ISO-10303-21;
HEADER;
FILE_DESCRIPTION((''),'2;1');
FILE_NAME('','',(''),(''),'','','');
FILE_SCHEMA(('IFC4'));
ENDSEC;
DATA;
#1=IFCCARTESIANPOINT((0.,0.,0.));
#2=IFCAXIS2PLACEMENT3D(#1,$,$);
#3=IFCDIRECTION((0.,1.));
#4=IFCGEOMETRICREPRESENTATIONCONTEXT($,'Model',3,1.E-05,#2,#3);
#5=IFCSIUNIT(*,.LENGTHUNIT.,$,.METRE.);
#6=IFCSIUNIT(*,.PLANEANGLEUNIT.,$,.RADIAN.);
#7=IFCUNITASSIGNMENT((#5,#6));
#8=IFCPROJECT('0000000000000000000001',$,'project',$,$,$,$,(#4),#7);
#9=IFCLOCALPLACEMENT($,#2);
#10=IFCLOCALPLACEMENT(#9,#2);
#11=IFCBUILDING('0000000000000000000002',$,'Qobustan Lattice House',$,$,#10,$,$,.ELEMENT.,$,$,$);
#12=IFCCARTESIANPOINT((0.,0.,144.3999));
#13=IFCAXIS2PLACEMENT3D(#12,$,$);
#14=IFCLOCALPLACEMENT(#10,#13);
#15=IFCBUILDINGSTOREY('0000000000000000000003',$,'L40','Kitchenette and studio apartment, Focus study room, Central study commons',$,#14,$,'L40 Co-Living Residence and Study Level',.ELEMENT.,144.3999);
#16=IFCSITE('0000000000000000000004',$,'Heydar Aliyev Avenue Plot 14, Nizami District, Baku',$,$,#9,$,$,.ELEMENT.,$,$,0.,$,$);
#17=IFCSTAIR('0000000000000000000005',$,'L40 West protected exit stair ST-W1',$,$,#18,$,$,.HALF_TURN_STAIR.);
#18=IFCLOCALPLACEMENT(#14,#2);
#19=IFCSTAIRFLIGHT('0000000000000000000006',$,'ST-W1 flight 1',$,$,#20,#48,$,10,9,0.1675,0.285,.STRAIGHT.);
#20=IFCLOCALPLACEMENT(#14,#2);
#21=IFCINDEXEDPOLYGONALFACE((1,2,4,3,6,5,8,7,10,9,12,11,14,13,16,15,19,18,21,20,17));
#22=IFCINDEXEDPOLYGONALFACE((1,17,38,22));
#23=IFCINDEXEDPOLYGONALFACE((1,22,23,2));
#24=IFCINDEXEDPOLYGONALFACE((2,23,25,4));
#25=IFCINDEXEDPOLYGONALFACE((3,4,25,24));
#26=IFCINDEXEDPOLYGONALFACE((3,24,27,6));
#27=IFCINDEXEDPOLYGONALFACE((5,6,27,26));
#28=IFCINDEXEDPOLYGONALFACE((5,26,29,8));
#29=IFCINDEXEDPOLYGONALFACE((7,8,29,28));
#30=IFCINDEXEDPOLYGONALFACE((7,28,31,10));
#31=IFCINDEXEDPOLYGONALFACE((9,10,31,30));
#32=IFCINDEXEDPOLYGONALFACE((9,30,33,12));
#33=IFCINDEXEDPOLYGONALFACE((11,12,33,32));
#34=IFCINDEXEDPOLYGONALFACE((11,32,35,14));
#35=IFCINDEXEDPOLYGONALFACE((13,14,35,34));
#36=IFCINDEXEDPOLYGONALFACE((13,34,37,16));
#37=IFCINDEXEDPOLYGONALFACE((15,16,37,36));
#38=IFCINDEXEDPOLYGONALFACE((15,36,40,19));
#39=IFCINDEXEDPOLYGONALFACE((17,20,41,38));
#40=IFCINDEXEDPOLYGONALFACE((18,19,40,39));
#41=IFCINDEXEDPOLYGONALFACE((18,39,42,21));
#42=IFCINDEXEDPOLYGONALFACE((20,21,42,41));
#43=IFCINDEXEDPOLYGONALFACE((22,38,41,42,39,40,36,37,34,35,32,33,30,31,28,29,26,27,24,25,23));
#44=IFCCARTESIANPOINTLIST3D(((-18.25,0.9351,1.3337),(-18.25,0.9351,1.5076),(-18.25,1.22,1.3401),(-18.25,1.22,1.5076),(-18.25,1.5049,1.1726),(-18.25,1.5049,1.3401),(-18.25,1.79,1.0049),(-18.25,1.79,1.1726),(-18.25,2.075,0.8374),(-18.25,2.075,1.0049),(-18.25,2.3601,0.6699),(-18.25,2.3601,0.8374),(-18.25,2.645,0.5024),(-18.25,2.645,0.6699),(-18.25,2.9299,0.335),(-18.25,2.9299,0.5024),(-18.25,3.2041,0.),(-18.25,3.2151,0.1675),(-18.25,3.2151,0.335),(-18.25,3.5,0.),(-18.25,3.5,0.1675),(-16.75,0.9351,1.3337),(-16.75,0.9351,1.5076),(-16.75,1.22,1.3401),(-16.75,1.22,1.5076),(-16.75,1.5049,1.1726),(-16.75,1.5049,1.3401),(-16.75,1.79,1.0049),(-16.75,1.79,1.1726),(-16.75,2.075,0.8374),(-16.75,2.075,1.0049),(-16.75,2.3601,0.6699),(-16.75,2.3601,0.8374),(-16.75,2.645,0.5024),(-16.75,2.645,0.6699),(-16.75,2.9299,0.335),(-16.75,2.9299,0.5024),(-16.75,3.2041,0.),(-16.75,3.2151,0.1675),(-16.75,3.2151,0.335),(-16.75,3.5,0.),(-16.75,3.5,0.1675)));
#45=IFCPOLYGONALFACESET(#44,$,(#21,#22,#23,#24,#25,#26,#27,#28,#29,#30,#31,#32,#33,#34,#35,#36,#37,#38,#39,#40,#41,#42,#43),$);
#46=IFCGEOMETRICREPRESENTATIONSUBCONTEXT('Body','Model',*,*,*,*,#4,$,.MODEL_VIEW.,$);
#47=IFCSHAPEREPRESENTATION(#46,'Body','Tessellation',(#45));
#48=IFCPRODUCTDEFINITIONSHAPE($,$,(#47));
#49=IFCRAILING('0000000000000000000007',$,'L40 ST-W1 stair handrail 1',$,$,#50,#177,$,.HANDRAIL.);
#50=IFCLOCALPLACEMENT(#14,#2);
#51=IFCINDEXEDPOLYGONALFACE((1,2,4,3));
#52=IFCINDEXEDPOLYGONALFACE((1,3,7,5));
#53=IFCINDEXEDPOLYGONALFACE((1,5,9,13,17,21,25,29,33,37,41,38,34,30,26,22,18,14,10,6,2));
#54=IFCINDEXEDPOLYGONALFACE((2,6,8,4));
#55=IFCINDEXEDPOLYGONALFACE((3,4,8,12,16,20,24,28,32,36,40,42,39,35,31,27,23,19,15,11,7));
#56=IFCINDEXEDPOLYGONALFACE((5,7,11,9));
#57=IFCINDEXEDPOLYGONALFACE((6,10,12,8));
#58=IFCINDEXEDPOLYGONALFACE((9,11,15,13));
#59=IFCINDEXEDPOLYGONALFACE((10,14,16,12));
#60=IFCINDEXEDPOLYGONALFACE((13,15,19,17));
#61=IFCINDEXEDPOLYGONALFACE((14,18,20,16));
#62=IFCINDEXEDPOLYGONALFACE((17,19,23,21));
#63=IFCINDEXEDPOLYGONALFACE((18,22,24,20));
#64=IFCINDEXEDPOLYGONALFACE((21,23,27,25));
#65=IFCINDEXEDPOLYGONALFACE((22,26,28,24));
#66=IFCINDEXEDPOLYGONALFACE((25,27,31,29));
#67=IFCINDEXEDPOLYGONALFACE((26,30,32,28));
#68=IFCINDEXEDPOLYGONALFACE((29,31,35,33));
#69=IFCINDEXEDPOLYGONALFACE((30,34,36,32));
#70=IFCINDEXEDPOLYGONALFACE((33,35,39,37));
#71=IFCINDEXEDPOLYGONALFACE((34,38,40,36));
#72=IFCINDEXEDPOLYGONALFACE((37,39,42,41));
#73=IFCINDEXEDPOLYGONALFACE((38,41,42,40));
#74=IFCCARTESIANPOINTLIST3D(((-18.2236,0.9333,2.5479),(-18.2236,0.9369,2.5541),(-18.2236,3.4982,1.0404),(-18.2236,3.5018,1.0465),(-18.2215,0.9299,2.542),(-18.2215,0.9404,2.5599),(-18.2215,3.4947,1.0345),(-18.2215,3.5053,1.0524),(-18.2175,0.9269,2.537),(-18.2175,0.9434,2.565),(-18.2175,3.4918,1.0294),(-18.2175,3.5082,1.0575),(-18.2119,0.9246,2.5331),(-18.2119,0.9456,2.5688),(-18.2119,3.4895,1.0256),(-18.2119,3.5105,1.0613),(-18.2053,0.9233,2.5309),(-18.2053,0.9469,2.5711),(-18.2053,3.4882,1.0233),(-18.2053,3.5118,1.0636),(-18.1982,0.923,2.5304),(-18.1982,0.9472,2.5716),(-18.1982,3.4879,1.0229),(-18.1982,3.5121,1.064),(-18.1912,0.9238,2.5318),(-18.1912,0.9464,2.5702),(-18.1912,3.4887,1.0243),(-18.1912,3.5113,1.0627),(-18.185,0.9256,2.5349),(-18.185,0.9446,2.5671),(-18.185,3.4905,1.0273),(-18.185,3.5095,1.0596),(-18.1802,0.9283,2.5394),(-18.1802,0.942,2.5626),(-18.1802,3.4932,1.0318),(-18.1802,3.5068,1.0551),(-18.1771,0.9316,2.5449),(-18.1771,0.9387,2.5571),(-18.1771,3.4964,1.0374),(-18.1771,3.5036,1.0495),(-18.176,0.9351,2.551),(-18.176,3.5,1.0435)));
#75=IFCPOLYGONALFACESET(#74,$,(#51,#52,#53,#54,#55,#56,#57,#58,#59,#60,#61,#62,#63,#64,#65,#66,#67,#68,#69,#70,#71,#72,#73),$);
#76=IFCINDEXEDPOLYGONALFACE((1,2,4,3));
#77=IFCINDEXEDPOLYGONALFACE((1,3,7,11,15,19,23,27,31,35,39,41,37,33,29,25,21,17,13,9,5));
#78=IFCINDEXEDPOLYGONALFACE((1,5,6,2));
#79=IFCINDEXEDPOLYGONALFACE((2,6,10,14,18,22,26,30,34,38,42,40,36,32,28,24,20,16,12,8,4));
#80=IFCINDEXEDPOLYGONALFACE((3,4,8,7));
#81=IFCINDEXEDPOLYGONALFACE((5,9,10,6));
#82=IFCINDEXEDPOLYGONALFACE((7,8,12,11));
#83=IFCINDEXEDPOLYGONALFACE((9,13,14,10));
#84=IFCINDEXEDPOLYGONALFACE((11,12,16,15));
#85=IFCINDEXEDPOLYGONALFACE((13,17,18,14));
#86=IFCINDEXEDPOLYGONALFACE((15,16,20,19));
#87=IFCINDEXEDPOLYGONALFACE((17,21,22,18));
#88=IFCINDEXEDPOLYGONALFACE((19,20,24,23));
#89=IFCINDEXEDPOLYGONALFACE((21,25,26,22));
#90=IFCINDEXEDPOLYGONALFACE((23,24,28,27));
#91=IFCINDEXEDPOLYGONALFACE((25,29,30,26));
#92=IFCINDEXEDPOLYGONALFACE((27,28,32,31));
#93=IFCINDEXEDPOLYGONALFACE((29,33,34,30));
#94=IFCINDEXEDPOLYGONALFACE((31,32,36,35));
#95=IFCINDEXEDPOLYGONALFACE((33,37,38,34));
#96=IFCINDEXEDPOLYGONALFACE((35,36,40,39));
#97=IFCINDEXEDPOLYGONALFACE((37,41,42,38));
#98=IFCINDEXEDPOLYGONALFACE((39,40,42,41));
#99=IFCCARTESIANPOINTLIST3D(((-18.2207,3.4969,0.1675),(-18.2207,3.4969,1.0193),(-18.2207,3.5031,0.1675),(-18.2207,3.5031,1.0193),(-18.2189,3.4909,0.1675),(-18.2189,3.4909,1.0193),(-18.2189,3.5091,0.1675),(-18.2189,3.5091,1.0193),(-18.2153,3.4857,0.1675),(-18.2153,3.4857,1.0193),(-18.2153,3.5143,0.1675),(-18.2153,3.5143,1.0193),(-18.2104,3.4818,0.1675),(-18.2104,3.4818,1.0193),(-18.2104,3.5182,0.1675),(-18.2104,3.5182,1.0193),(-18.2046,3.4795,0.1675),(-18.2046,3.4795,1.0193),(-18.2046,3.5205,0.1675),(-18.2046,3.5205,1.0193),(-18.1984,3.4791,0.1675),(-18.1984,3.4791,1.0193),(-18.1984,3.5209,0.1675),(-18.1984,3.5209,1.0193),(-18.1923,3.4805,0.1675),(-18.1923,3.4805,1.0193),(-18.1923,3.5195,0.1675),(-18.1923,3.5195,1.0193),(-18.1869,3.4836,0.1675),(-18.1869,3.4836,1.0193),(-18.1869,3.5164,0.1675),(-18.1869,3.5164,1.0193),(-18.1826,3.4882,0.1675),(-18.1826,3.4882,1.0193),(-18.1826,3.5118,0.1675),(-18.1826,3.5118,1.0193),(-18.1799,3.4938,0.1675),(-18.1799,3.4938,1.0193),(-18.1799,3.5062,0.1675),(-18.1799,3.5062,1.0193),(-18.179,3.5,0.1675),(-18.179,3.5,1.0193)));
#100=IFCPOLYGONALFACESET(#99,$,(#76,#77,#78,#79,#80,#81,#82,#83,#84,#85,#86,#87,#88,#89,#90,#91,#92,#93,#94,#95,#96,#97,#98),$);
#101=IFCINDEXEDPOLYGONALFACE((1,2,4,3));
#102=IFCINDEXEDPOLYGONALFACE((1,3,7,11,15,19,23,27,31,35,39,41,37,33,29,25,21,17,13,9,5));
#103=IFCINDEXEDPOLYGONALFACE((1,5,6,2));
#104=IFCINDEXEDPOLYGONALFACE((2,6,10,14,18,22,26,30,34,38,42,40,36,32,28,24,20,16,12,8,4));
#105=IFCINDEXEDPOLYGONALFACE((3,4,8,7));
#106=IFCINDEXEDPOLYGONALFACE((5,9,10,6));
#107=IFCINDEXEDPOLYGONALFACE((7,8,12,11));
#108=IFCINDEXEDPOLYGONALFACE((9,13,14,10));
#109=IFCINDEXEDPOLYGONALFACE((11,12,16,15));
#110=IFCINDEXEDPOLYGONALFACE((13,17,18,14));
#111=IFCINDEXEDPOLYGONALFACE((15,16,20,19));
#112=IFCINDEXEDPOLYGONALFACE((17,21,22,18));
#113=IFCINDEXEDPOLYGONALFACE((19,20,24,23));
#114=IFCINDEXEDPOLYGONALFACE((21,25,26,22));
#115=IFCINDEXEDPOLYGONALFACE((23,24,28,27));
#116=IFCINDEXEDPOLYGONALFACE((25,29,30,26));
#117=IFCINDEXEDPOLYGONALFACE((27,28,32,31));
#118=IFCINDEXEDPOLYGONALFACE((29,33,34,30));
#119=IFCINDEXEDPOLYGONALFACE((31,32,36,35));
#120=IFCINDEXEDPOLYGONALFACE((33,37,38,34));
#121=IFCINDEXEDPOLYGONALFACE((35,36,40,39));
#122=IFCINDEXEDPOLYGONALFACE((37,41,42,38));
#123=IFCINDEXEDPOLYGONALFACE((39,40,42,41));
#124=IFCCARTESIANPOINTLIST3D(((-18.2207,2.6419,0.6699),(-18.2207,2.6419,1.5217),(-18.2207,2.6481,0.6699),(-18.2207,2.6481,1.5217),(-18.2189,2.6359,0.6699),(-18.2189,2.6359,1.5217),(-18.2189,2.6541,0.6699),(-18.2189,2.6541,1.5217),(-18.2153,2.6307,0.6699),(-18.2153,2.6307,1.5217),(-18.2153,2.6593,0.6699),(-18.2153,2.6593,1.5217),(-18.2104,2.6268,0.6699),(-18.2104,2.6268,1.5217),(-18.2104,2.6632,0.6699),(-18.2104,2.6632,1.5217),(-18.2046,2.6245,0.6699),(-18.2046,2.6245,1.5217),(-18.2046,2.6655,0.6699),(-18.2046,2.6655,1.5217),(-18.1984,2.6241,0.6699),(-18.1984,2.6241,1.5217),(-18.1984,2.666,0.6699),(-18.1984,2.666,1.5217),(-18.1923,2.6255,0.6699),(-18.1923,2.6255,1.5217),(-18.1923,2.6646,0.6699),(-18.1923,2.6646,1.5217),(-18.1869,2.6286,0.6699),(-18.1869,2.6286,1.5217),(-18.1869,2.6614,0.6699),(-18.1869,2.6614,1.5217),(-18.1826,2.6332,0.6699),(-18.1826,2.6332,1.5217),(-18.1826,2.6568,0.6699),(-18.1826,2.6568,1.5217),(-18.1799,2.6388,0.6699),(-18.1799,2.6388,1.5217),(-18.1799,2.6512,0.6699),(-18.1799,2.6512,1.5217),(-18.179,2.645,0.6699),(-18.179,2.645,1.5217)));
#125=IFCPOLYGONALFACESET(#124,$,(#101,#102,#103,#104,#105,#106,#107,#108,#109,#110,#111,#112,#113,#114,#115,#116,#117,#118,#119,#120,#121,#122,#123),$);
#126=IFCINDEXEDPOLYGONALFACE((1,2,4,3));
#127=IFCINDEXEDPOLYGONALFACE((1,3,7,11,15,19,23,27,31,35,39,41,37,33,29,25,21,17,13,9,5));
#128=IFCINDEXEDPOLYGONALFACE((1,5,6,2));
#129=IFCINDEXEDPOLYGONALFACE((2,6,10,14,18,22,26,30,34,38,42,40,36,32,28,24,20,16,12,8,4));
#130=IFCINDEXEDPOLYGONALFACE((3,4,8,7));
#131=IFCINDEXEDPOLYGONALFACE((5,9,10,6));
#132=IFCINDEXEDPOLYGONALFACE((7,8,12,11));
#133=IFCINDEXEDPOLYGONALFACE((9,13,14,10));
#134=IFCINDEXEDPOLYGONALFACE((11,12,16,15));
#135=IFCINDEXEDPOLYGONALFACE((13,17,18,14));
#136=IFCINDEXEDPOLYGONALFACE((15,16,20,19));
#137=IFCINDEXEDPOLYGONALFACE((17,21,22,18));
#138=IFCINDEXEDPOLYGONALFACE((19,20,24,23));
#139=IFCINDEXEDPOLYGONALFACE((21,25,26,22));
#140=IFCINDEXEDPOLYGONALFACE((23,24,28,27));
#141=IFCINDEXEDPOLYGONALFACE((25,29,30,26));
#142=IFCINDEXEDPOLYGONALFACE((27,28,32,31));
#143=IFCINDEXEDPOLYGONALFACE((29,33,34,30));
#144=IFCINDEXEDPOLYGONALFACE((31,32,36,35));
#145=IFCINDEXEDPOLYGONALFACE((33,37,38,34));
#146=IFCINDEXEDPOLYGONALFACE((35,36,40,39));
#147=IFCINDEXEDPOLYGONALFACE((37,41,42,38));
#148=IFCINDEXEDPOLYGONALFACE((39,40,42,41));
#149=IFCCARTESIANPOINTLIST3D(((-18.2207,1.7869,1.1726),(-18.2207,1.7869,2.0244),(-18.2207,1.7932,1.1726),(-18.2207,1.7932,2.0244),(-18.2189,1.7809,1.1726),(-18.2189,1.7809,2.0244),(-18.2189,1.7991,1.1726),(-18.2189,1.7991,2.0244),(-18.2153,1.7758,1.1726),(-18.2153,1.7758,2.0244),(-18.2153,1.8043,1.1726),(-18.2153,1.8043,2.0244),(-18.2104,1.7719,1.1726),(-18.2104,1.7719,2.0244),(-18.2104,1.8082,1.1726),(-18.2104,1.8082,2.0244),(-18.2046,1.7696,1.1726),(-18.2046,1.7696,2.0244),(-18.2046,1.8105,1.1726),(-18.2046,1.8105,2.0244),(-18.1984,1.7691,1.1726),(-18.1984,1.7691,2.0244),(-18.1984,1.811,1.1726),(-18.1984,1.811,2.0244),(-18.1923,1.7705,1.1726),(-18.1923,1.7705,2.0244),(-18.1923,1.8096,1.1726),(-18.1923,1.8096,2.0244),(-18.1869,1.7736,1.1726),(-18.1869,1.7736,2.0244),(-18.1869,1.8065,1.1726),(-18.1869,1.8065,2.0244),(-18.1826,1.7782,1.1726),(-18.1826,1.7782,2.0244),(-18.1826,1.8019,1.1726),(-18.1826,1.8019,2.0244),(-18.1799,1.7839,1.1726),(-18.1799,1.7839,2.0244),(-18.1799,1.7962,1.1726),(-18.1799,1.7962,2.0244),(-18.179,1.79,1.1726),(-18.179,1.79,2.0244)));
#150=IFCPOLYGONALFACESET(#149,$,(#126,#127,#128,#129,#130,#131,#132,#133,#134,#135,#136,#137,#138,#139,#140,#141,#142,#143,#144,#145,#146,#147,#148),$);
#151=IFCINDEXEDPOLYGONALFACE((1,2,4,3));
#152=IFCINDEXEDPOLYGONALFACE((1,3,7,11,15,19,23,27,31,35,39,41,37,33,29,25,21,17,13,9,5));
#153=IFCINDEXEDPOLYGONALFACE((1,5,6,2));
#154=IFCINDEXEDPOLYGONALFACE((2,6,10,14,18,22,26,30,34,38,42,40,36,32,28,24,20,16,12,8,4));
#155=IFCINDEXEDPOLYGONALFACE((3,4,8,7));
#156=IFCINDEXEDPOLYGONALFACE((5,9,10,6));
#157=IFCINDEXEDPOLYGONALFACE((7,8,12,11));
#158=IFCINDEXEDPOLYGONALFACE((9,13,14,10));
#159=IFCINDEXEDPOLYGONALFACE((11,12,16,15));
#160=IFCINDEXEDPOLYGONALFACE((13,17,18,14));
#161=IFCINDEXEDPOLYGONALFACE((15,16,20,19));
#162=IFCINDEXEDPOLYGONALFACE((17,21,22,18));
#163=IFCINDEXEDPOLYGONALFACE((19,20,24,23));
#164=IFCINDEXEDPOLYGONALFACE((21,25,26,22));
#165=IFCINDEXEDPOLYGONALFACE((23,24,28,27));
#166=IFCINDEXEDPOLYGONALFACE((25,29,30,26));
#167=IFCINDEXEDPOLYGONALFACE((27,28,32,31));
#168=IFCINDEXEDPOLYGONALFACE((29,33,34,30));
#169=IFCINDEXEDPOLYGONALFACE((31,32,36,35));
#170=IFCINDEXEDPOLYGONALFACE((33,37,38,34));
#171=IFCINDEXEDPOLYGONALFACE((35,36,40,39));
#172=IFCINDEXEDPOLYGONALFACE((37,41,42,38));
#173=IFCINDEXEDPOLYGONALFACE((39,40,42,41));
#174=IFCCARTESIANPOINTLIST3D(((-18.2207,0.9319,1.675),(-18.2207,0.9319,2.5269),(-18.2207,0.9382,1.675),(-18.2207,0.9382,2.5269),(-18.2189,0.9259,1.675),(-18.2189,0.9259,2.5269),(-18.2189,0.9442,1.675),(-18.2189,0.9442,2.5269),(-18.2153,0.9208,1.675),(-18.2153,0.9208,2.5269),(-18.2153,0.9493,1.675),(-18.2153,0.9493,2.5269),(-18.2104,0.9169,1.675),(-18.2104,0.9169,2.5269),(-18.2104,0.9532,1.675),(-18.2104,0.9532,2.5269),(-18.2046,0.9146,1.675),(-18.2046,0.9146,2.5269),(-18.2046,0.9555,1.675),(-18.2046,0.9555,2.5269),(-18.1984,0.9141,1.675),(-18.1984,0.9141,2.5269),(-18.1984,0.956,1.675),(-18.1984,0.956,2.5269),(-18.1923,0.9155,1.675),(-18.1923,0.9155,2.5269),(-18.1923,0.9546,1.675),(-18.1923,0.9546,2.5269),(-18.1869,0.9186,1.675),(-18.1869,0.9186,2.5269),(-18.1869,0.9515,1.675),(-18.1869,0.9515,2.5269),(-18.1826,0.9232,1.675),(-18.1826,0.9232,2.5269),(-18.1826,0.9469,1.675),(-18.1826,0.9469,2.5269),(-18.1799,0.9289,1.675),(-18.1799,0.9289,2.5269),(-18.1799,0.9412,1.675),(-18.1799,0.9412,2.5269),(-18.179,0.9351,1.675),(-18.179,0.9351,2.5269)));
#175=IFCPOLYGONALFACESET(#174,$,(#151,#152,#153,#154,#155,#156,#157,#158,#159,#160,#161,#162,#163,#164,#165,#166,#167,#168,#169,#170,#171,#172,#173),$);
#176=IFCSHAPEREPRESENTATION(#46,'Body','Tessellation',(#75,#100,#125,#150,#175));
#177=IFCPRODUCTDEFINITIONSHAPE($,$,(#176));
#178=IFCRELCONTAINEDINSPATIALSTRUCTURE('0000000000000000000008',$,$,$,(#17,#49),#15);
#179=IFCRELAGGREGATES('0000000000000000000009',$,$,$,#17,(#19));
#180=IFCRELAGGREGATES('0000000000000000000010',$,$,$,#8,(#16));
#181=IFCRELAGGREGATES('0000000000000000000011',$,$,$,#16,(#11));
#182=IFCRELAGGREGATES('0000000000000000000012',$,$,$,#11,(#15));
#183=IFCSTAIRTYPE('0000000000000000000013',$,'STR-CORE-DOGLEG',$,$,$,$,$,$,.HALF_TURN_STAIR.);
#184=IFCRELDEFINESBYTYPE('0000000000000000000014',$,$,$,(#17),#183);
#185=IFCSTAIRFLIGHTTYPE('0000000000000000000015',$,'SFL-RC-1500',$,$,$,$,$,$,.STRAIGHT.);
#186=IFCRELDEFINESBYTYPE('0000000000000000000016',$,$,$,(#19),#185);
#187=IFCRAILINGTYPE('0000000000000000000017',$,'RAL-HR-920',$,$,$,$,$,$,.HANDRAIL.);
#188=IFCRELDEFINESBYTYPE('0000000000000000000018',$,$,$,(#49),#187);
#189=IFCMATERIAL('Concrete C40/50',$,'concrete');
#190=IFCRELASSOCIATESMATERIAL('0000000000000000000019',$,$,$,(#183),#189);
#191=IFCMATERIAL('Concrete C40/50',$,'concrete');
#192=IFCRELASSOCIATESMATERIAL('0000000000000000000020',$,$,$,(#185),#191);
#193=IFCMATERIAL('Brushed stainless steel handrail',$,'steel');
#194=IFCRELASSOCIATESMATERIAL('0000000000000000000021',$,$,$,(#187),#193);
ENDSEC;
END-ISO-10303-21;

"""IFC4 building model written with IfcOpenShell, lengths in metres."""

from ifc_helpers import new_model, si_unit, direction, frame, origin, origin_2d, place, context, subcontext, project, spatial, polyline, circle, outline, extrude, material, type_object, element, aggregate, save


model = new_model("IFC4")

# Units and contexts
model_context = context("Model", 3, precision=1e-05, world=origin(), true_north=direction((0.0, 1.0)))
body_context = subcontext(model_context, "Body", "Model", "MODEL_VIEW")
ifc_project = project(units=[si_unit("LENGTHUNIT", "METRE"), si_unit("PLANEANGLEUNIT", "RADIAN")], contexts=[model_context])

# Site, building, storey
site_placement = place(None, origin())
site = spatial("IfcSite", under=ifc_project, at=site_placement, Name="Heydar Aliyev Avenue Plot 14, Nizami District, Baku", CompositionType="ELEMENT", RefElevation=0.0)
building_placement = place(site_placement, origin())
building = spatial("IfcBuilding", under=site, at=building_placement, Name="Qobustan Lattice House", CompositionType="ELEMENT")
storey_placement = place(building_placement, frame((0.0, 0.0, 144.3999)))
storey = spatial("IfcBuildingStorey", under=building, at=storey_placement, Name="L40", Description="Kitchenette and studio apartment, Focus study room, Central study commons", LongName="L40 Co-Living Residence and Study Level", CompositionType="ELEMENT", Elevation=144.3999)

# Stair, stair flight
ifc_material_1 = material(Name="Concrete C40/50", Category="concrete")
stair_type = type_object("IfcStairType", Name="STR-CORE-DOGLEG", PredefinedType="HALF_TURN_STAIR", material=ifc_material_1)
stair_placement = place(storey_placement, origin())
stair = element("IfcStair", 1, at=stair_placement, inside=storey, type_object=stair_type, Name="L40 West protected exit stair ST-W1", PredefinedType="HALF_TURN_STAIR")
ifc_material_2 = material(Name="Concrete C40/50", Category="concrete")
stair_flight_type = type_object("IfcStairFlightType", Name="SFL-RC-1500", PredefinedType="STRAIGHT", material=ifc_material_2)
stair_flight_placement = place(storey_placement, frame((-17.5, 3.5, 0.0), z_axis=(0.0, 0.0, 1.0), x_axis=(0.0, -1.0, 0.0)))
stair_flight = element("IfcStairFlight", 2, at=stair_flight_placement, type_object=stair_flight_type, Name="ST-W1 flight 1", NumberOfRisers=10, NumberOfTreads=9, PredefinedType="STRAIGHT", RiserHeight=0.1675, TreadLength=0.285, context=body_context, shape_type="SweptSolid", body=[
    extrude(outline(polyline([(0.0, 0.0), (0.0, 0.1675), (0.2849, 0.1675), (0.2849, 0.335), (0.5701, 0.335), (0.5701, 0.5024), (0.855, 0.5024), (0.855, 0.6699), (1.1399, 0.6699), (1.1399, 0.8374), (1.425, 0.8374), (1.425, 1.0049), (1.71, 1.0049), (1.71, 1.1726), (1.9951, 1.1726), (1.9951, 1.3401), (2.28, 1.3401), (2.28, 1.5076), (2.5649, 1.5076), (2.5649, 1.675), (2.5649, 1.3337), (0.2959, 0.0), (0.0, 0.0)])), frame((0.0, 0.75, 0.0), z_axis=(0.0, -1.0, 0.0), x_axis=(1.0, 0.0, 0.0)), (0.0, 0.0, 1.0), 1.5),
])
aggregate(stair, [stair_flight])

# Railing
ifc_material_3 = material(Name="Brushed stainless steel handrail", Category="steel")
railing_type = type_object("IfcRailingType", Name="RAL-HR-920", PredefinedType="HANDRAIL", material=ifc_material_3)
railing_placement = place(storey_placement, frame((-18.2, 3.5, 0.1675)))
element("IfcRailing", 3, at=railing_placement, inside=storey, type_object=railing_type, Name="L40 ST-W1 stair handrail 1", PredefinedType="HANDRAIL", context=body_context, shape_type="SweptSolid", body=[
    extrude(circle(Radius=0.0239, at=origin_2d()), frame((0.0, 0.0, 0.876), z_axis=(0.0, -0.862113, 0.506715), x_axis=(1.0, 0.0, 0.0)), (0.0, 0.0, 1.0), 2.9751),
    extrude(circle(Radius=0.021, at=origin_2d()), origin(), (0.0, 0.0, 1.0), 0.8518),
    extrude(circle(Radius=0.021, at=origin_2d()), frame((0.0, -0.855, 0.5024)), (0.0, 0.0, 1.0), 0.8518),
    extrude(circle(Radius=0.021, at=origin_2d()), frame((0.0, -1.71, 1.0051)), (0.0, 0.0, 1.0), 0.8518),
    extrude(circle(Radius=0.021, at=origin_2d()), frame((0.0, -2.5649, 1.5076)), (0.0, 0.0, 1.0), 0.8518),
])

save(model, "model.ifc")
